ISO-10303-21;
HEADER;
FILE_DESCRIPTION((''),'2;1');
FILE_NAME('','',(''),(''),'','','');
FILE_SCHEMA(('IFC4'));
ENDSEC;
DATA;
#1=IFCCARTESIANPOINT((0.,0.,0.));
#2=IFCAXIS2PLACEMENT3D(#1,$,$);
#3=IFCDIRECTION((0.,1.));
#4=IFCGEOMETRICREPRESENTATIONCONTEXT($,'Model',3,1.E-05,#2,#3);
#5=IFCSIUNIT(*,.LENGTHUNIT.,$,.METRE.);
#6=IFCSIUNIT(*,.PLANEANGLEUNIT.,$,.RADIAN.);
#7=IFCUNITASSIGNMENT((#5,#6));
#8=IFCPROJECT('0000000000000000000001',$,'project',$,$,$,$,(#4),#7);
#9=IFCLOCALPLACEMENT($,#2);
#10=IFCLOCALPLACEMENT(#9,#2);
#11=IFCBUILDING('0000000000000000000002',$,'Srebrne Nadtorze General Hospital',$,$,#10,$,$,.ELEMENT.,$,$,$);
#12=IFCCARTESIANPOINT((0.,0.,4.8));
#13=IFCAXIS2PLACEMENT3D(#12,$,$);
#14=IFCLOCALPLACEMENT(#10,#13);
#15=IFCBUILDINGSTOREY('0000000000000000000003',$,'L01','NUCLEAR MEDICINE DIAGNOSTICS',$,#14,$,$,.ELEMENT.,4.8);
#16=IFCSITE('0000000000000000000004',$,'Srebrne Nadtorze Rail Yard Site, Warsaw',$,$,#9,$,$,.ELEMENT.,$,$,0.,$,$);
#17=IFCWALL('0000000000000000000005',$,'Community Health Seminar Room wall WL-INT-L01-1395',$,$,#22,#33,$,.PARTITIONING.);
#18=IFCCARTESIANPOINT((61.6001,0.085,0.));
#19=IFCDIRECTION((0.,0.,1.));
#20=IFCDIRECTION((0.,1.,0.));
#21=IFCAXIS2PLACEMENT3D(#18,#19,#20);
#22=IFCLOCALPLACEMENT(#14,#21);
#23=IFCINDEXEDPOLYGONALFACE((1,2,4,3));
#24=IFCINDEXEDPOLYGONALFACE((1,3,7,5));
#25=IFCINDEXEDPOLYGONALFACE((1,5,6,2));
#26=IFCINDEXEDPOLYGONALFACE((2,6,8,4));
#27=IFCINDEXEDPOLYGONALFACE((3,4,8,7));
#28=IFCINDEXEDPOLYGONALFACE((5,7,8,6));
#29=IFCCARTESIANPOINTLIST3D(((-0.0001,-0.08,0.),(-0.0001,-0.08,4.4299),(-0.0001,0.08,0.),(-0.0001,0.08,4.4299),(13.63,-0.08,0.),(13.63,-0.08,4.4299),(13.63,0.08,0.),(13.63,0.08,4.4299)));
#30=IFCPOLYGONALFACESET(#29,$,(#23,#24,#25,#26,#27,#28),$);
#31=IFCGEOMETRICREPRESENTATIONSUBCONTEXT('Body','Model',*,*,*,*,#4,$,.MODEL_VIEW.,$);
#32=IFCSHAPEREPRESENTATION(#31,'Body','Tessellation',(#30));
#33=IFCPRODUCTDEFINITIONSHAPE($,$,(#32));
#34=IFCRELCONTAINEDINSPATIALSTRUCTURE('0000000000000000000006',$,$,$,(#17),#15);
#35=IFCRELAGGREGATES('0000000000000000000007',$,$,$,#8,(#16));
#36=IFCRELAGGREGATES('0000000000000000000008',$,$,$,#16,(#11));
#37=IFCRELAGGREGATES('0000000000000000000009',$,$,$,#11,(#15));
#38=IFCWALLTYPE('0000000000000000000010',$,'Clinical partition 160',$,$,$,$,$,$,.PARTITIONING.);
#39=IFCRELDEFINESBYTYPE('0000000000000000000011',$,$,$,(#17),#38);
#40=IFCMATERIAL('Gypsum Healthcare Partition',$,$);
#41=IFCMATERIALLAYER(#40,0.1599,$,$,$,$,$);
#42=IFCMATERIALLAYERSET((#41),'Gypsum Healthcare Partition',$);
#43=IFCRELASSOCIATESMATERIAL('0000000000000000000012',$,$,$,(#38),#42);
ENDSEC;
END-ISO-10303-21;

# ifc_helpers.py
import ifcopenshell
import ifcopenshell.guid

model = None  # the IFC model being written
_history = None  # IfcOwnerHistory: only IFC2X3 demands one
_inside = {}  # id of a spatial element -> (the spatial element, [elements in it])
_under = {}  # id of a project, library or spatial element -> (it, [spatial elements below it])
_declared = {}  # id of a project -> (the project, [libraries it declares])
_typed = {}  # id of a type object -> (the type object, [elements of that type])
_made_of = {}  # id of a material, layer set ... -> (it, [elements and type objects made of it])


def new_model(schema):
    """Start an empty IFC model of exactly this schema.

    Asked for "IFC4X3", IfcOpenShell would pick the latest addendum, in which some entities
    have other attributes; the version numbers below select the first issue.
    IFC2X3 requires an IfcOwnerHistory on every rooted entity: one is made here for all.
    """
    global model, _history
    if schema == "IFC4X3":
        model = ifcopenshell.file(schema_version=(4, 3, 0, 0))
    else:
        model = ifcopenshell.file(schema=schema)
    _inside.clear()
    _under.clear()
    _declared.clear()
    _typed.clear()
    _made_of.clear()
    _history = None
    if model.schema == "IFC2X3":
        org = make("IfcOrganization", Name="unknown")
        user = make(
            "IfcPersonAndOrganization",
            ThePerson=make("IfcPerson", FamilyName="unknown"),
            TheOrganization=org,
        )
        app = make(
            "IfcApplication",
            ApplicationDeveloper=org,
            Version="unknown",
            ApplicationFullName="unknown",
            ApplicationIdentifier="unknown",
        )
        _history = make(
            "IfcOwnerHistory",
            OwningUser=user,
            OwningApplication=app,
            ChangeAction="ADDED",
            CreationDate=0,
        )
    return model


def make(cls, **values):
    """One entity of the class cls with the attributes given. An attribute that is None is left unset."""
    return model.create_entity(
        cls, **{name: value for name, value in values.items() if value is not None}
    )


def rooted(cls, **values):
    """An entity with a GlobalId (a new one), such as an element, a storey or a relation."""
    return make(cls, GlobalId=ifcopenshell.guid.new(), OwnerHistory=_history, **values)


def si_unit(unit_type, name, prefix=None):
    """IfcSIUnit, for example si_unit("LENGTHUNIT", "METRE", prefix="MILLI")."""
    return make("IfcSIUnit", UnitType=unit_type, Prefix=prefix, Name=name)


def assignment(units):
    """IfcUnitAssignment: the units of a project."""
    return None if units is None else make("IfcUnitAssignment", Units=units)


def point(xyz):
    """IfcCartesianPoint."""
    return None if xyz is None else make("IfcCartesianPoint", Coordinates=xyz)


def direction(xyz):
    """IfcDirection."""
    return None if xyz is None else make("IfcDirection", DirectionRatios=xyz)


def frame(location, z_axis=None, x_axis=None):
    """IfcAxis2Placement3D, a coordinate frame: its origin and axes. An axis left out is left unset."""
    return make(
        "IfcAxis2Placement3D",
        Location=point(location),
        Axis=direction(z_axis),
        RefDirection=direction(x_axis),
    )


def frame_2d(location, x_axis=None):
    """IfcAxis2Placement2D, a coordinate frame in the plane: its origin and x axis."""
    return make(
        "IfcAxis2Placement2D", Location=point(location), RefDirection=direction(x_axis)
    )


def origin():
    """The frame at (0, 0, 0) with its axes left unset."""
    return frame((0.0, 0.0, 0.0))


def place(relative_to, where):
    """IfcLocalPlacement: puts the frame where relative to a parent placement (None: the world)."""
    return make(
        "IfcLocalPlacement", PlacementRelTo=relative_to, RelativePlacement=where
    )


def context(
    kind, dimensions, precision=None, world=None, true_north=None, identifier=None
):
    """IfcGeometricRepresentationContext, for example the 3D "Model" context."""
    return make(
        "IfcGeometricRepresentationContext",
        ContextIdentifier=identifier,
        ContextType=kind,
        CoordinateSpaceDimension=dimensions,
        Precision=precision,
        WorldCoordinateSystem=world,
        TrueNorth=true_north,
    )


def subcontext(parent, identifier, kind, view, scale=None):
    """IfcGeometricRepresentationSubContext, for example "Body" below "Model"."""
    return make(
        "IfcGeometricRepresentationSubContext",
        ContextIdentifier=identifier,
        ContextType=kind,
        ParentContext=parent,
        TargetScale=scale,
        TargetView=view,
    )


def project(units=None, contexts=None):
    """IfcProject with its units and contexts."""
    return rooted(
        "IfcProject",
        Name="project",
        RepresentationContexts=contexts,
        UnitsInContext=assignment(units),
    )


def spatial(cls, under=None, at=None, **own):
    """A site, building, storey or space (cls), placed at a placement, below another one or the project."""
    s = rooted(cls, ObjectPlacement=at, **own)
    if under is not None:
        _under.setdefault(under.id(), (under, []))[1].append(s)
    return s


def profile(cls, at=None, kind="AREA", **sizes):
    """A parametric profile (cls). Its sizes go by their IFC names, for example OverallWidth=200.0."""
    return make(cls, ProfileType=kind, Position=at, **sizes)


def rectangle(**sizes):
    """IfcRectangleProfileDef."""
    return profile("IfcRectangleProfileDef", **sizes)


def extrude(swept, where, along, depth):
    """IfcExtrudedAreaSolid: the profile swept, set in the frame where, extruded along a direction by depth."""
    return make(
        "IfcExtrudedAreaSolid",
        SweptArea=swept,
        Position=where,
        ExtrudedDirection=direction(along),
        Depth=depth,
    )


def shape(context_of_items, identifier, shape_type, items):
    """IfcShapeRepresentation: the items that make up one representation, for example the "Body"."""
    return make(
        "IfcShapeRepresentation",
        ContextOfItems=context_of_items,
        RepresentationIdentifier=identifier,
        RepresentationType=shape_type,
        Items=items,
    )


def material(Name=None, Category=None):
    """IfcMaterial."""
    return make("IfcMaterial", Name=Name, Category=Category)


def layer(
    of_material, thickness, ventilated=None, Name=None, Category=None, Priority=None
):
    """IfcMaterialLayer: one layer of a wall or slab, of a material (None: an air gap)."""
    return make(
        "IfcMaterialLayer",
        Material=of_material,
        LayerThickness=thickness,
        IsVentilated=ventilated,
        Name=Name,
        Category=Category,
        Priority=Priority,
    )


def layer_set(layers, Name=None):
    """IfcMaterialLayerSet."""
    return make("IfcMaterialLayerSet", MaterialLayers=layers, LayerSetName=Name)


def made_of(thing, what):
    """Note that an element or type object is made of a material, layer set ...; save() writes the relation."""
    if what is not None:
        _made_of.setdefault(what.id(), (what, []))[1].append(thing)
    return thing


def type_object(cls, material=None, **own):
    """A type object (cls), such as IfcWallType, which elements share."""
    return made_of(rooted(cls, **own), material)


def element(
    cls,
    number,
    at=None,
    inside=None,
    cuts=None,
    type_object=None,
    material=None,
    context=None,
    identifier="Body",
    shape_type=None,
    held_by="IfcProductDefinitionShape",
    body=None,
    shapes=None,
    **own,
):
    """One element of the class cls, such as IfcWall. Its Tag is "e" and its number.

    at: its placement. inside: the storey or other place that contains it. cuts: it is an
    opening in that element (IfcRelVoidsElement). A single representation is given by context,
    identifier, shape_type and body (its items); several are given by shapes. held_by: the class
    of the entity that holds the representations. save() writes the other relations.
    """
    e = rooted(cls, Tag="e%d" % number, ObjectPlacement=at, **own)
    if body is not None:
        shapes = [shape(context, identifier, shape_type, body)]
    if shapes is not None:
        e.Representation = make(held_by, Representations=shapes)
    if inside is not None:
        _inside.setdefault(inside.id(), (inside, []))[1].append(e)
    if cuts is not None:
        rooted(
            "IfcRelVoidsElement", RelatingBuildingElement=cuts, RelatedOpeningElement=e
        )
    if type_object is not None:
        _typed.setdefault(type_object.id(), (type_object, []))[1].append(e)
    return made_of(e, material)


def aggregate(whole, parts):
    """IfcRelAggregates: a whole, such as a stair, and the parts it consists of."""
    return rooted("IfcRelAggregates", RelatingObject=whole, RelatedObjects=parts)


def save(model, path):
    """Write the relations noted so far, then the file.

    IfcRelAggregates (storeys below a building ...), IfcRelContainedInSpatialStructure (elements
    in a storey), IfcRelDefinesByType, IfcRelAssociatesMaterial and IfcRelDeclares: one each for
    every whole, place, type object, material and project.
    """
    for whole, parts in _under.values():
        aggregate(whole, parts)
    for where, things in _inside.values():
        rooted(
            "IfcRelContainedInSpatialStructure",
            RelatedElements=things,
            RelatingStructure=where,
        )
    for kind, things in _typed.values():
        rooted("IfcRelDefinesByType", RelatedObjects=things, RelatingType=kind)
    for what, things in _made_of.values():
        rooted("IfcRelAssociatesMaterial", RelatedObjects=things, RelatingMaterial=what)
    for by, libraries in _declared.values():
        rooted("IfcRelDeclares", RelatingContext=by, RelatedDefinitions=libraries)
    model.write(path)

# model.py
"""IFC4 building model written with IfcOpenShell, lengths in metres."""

from ifc_helpers import new_model, si_unit, direction, frame, frame_2d, origin, place, context, subcontext, project, spatial, rectangle, extrude, material, layer, layer_set, type_object, element, save


model = new_model("IFC4")

# Units and contexts
model_context = context("Model", 3, precision=1e-05, world=origin(), true_north=direction((0.0, 1.0)))
body_context = subcontext(model_context, "Body", "Model", "MODEL_VIEW")
ifc_project = project(units=[si_unit("LENGTHUNIT", "METRE"), si_unit("PLANEANGLEUNIT", "RADIAN")], contexts=[model_context])

# Site, building, storey
site_placement = place(None, origin())
site = spatial("IfcSite", under=ifc_project, at=site_placement, Name="Srebrne Nadtorze Rail Yard Site, Warsaw", CompositionType="ELEMENT", RefElevation=0.0)
building_placement = place(site_placement, origin())
building = spatial("IfcBuilding", under=site, at=building_placement, Name="Srebrne Nadtorze General Hospital", CompositionType="ELEMENT")
storey_placement = place(building_placement, frame((0.0, 0.0, 4.8)))
storey = spatial("IfcBuildingStorey", under=building, at=storey_placement, Name="L01", Description="NUCLEAR MEDICINE DIAGNOSTICS", CompositionType="ELEMENT", Elevation=4.8)

# Wall
ifc_material_1 = material(Name="Gypsum Healthcare Partition")
ifc_layer_1 = layer(ifc_material_1, 0.1599)
ifc_layer_set_1 = layer_set([ifc_layer_1], Name="Gypsum Healthcare Partition")
wall_type = type_object("IfcWallType", Name="Clinical partition 160", PredefinedType="PARTITIONING", material=ifc_layer_set_1)
wall_placement = place(storey_placement, frame((61.6001, 0.085, 0.0), z_axis=(0.0, 0.0, 1.0), x_axis=(0.0, 1.0, 0.0)))
element("IfcWall", 1, at=wall_placement, inside=storey, type_object=wall_type, Name="Community Health Seminar Room wall WL-INT-L01-1395", PredefinedType="PARTITIONING", context=body_context, shape_type="SweptSolid", body=[
    extrude(rectangle(XDim=13.6301, YDim=0.1599, at=frame_2d((6.8149, 0.0))), origin(), (0.0, 0.0, 1.0), 4.4299),
])

save(model, "model.ifc")
